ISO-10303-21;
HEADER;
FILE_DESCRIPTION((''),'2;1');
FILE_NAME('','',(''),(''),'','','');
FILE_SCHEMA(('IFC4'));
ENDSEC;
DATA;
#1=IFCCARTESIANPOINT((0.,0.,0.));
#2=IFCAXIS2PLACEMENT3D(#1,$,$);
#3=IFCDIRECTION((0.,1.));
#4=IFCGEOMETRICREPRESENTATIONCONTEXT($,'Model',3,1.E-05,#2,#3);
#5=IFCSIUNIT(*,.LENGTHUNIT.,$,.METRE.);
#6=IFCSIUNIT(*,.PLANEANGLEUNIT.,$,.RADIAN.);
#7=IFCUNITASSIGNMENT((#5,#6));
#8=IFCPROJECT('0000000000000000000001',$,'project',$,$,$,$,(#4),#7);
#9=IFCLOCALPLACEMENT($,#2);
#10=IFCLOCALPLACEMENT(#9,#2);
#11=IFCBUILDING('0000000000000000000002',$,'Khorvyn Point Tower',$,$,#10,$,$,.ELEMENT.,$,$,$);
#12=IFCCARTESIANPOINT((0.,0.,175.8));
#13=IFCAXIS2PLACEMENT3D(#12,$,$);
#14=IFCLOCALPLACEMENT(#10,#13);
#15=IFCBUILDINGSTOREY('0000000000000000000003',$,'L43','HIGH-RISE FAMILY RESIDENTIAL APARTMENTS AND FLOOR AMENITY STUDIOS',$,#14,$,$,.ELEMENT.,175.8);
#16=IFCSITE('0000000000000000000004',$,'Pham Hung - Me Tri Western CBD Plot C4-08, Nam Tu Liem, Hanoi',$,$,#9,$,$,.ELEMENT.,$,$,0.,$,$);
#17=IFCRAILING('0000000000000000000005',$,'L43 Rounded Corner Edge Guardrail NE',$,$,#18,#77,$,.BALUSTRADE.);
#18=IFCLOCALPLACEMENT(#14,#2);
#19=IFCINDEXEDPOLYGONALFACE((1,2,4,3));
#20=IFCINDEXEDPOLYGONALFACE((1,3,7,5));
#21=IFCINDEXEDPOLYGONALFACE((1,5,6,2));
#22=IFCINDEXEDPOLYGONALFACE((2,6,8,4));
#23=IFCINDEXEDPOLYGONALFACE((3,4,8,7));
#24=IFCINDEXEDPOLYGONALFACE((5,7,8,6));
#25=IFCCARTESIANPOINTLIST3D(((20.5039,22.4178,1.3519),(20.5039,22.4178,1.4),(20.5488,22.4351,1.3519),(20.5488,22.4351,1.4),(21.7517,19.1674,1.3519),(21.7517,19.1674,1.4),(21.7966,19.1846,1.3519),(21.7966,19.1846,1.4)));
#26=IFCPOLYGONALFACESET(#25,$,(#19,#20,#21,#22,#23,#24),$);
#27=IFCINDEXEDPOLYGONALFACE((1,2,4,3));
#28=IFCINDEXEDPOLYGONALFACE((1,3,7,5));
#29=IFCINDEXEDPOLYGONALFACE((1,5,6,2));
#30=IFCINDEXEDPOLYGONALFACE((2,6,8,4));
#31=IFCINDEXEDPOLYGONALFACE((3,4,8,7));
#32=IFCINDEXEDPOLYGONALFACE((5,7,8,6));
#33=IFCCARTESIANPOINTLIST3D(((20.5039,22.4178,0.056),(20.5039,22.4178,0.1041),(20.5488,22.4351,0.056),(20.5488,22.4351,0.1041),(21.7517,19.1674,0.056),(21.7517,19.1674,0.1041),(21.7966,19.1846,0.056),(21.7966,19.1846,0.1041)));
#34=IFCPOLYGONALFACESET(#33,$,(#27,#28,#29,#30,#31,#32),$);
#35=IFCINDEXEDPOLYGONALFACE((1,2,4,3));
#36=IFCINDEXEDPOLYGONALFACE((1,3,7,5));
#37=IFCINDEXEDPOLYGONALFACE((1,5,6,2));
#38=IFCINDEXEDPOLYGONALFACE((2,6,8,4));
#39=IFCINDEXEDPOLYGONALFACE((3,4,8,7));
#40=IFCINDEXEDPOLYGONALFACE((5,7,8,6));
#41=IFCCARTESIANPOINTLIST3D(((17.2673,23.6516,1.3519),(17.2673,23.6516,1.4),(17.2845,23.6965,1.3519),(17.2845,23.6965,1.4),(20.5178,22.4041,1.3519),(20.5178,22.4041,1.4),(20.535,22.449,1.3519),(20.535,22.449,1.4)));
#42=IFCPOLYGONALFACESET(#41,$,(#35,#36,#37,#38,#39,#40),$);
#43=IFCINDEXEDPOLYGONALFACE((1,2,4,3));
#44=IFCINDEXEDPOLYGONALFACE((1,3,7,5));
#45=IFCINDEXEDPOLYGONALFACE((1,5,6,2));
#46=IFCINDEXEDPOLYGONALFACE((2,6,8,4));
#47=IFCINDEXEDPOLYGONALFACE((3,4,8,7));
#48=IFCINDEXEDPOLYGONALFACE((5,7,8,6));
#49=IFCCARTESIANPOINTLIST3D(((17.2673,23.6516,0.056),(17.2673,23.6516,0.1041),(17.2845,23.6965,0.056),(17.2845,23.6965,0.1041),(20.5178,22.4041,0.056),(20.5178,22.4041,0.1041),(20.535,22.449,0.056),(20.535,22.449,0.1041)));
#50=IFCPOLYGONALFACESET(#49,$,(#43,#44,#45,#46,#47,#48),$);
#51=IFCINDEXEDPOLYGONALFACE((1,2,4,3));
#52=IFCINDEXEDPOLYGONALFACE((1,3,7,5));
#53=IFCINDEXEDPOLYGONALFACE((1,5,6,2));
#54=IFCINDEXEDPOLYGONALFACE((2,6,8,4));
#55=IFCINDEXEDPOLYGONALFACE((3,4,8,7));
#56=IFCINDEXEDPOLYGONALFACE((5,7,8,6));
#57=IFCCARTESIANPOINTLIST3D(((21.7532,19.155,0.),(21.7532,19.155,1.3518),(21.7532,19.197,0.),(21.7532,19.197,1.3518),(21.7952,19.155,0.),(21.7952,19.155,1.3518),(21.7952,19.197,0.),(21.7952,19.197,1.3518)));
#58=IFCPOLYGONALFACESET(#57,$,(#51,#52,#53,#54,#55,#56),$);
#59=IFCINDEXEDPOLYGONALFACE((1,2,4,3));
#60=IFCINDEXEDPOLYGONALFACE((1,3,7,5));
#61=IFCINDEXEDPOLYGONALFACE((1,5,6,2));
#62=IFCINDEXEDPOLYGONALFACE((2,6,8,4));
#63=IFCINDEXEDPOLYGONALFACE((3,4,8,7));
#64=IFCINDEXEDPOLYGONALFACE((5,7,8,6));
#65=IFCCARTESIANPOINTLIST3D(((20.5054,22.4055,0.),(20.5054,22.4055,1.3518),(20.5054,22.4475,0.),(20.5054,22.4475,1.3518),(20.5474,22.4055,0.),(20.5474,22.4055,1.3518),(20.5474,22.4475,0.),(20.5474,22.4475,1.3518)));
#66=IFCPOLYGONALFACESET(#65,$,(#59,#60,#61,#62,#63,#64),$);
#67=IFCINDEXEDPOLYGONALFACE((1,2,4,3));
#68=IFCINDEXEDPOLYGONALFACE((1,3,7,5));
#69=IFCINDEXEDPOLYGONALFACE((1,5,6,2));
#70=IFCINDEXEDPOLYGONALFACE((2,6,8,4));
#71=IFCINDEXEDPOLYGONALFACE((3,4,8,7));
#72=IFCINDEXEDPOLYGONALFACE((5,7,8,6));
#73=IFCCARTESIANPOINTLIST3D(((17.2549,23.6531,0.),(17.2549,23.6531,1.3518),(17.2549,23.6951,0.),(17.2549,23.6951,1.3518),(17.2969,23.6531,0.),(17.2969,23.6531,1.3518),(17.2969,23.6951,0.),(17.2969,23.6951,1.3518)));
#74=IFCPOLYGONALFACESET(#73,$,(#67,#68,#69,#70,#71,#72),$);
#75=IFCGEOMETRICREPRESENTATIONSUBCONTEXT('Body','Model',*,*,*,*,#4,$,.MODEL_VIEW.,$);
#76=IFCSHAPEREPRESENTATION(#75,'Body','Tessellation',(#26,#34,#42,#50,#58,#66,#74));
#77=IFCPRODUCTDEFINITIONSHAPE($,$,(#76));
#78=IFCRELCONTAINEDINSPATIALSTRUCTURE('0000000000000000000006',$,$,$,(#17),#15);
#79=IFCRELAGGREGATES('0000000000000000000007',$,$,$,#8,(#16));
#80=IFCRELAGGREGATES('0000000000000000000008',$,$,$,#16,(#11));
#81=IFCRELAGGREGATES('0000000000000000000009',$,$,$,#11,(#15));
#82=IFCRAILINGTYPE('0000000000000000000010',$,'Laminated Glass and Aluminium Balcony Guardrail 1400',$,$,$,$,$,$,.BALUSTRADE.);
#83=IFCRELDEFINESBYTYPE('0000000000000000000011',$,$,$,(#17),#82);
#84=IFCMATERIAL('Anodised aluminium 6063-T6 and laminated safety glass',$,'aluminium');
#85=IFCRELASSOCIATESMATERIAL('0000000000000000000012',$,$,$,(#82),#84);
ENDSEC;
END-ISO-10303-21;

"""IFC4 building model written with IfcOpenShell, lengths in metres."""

from ifc_helpers import new_model, si_unit, direction, frame, origin, origin_2d, place, context, subcontext, project, spatial, rectangle, extrude, material, type_object, element, save


model = new_model("IFC4")

# Units and contexts
model_context = context("Model", 3, precision=1e-05, world=origin(), true_north=direction((0.0, 1.0)))
body_context = subcontext(model_context, "Body", "Model", "MODEL_VIEW")
ifc_project = project(units=[si_unit("LENGTHUNIT", "METRE"), si_unit("PLANEANGLEUNIT", "RADIAN")], contexts=[model_context])

# Site, building, storey
site_placement = place(None, origin())
site = spatial("IfcSite", under=ifc_project, at=site_placement, Name="Pham Hung - Me Tri Western CBD Plot C4-08, Nam Tu Liem, Hanoi", CompositionType="ELEMENT", RefElevation=0.0)
building_placement = place(site_placement, origin())
building = spatial("IfcBuilding", under=site, at=building_placement, Name="Khorvyn Point Tower", CompositionType="ELEMENT")
storey_placement = place(building_placement, frame((0.0, 0.0, 175.8)))
storey = spatial("IfcBuildingStorey", under=building, at=storey_placement, Name="L43", Description="HIGH-RISE FAMILY RESIDENTIAL APARTMENTS AND FLOOR AMENITY STUDIOS", CompositionType="ELEMENT", Elevation=175.8)

# Railing
ifc_material_1 = material(Name="Anodised aluminium 6063-T6 and laminated safety glass", Category="aluminium")
railing_type = type_object("IfcRailingType", Name="Laminated Glass and Aluminium Balcony Guardrail 1400", PredefinedType="BALUSTRADE", material=ifc_material_1)
railing_1_placement = place(storey_placement, frame((21.7742, 19.176, 0.0)))
element("IfcRailing", 1, at=railing_1_placement, inside=storey, type_object=railing_type, Name="L43 Rounded Corner Edge Guardrail NE", PredefinedType="BALUSTRADE", context=body_context, shape_type="SweptSolid", body=[
    extrude(rectangle(XDim=0.0481, YDim=0.0481, at=origin_2d()), frame((0.0, 0.0, 1.376), z_axis=(-0.358382, 0.933575, 0.0), x_axis=(-0.933575, -0.358382, 0.0)), (0.0, 0.0, 1.0), 3.4817),
    extrude(rectangle(XDim=0.0481, YDim=0.0481, at=origin_2d()), frame((0.0, 0.0, 0.0801), z_axis=(-0.358382, 0.933575, 0.0), x_axis=(-0.933575, -0.358382, 0.0)), (0.0, 0.0, 1.0), 3.4817),
    extrude(rectangle(XDim=0.0481, YDim=0.0481, at=origin_2d()), frame((-1.2478, 3.2505, 1.376), z_axis=(-0.933598, 0.358321, 0.0), x_axis=(-0.358321, -0.933598, 0.0)), (0.0, 0.0, 1.0), 3.4817),
    extrude(rectangle(XDim=0.0481, YDim=0.0481, at=origin_2d()), frame((-1.2478, 3.2505, 0.0801), z_axis=(-0.933598, 0.358321, 0.0), x_axis=(-0.358321, -0.933598, 0.0)), (0.0, 0.0, 1.0), 3.4817),
    extrude(rectangle(XDim=0.042, YDim=0.042, at=origin_2d()), origin(), (0.0, 0.0, 1.0), 1.3518),
    extrude(rectangle(XDim=0.042, YDim=0.042, at=origin_2d()), frame((-1.2478, 3.2505, 0.0)), (0.0, 0.0, 1.0), 1.3518),
    extrude(rectangle(XDim=0.042, YDim=0.042, at=origin_2d()), frame((-4.4983, 4.498, 0.0)), (0.0, 0.0, 1.0), 1.3518),
])

save(model, "model.ifc")
